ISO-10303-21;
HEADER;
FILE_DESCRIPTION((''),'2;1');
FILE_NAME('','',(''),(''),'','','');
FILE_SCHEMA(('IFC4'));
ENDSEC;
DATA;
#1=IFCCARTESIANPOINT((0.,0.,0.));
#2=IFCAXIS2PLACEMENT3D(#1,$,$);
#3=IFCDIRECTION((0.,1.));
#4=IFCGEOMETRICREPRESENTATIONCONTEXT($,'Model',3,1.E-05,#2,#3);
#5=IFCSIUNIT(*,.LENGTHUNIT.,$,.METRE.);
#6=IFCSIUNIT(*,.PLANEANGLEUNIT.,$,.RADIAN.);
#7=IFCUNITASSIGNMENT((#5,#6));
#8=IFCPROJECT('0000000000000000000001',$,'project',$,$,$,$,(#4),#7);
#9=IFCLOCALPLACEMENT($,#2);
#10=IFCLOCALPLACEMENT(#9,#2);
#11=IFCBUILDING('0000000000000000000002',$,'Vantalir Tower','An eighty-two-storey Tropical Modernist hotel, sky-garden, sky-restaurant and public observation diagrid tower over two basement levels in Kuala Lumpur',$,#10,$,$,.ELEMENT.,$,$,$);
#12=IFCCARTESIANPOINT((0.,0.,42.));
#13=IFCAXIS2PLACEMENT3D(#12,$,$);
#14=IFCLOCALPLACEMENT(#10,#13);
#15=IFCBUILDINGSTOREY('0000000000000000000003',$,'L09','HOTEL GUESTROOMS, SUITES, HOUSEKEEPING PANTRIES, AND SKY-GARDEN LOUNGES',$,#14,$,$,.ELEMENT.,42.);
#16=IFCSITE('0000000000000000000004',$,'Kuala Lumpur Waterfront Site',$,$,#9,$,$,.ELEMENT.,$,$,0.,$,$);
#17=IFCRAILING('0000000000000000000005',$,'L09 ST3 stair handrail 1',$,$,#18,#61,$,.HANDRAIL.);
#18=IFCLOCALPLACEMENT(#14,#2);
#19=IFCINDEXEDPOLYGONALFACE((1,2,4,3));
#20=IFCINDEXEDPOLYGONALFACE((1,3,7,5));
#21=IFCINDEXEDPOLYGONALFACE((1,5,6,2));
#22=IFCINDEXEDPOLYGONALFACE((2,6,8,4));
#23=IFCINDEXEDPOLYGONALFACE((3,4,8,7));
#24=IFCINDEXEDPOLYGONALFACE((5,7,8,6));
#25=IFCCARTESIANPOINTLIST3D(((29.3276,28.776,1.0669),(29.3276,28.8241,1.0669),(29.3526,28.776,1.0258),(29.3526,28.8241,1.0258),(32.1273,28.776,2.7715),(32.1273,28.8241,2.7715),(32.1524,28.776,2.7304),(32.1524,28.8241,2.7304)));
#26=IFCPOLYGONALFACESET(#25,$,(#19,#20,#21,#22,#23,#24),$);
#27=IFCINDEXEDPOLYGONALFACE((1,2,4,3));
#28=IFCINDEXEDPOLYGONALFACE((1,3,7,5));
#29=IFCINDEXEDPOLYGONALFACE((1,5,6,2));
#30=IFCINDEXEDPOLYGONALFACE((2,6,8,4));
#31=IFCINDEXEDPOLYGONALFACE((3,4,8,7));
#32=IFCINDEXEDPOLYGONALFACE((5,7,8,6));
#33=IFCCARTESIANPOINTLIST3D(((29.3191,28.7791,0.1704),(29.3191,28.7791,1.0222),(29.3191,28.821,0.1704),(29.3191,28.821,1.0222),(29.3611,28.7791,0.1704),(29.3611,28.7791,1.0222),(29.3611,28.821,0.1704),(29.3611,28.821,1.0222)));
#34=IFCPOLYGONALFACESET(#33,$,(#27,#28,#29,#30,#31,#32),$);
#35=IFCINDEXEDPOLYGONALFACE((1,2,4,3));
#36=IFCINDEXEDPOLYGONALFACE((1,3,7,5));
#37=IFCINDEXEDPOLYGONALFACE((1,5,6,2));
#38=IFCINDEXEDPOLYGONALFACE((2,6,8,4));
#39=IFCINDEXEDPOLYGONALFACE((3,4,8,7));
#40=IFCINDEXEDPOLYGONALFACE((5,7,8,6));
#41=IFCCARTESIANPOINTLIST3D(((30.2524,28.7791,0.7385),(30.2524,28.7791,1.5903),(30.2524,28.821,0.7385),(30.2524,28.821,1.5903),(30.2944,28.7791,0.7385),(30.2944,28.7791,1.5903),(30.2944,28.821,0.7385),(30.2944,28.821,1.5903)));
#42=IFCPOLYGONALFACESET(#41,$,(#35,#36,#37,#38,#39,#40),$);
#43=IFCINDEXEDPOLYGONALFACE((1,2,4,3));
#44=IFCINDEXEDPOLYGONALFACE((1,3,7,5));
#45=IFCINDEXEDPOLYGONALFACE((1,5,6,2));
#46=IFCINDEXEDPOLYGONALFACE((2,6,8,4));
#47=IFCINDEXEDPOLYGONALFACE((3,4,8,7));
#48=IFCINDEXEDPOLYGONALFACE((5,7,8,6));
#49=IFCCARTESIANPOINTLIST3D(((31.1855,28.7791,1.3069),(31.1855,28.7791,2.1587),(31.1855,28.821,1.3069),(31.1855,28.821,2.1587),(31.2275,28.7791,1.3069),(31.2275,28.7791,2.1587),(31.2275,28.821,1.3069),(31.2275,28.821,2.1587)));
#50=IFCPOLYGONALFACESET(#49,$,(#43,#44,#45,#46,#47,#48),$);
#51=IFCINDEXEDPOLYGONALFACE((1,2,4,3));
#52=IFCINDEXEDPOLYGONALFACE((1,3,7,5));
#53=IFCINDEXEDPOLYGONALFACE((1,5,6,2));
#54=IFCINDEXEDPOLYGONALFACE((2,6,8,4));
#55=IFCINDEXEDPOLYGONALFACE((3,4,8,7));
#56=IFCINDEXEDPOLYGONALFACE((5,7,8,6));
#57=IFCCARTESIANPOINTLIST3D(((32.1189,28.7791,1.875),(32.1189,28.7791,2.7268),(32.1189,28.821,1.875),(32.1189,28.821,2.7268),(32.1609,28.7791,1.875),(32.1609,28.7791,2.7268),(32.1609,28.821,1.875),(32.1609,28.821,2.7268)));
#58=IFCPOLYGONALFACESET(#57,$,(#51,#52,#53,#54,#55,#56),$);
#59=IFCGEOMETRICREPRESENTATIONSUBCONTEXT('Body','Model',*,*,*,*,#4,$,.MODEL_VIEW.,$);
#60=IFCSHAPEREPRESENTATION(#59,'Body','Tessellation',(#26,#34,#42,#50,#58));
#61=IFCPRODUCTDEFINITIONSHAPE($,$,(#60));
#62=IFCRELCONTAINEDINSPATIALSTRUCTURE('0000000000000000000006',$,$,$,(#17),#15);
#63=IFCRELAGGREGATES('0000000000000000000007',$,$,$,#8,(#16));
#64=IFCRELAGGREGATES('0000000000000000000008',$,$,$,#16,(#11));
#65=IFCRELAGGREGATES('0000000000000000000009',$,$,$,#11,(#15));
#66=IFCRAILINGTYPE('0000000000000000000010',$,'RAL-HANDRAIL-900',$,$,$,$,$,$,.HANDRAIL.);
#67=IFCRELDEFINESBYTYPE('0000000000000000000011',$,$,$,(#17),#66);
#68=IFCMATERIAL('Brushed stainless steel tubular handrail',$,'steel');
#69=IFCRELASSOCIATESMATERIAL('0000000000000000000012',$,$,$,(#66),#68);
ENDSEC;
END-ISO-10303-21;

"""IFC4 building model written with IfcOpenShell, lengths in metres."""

from ifc_helpers import new_model, si_unit, direction, frame, origin, origin_2d, place, context, subcontext, project, spatial, rectangle, extrude, material, type_object, element, save


model = new_model("IFC4")

# Units and contexts
model_context = context("Model", 3, precision=1e-05, world=origin(), true_north=direction((0.0, 1.0)))
body_context = subcontext(model_context, "Body", "Model", "MODEL_VIEW")
ifc_project = project(units=[si_unit("LENGTHUNIT", "METRE"), si_unit("PLANEANGLEUNIT", "RADIAN")], contexts=[model_context])

# Site, building, storey
site_placement = place(None, origin())
site = spatial("IfcSite", under=ifc_project, at=site_placement, Name="Kuala Lumpur Waterfront Site", CompositionType="ELEMENT", RefElevation=0.0)
building_placement = place(site_placement, origin())
building = spatial("IfcBuilding", under=site, at=building_placement, Name="Vantalir Tower", Description="An eighty-two-storey Tropical Modernist hotel, sky-garden, sky-restaurant and public observation diagrid tower over two basement levels in Kuala Lumpur", CompositionType="ELEMENT")
storey_placement = place(building_placement, frame((0.0, 0.0, 42.0)))
storey = spatial("IfcBuildingStorey", under=building, at=storey_placement, Name="L09", Description="HOTEL GUESTROOMS, SUITES, HOUSEKEEPING PANTRIES, AND SKY-GARDEN LOUNGES", CompositionType="ELEMENT", Elevation=42.0)

# Railing
ifc_material_1 = material(Name="Brushed stainless steel tubular handrail", Category="steel")
railing_type_1 = type_object("IfcRailingType", Name="RAL-HANDRAIL-900", PredefinedType="HANDRAIL", material=ifc_material_1)
railing_1_placement = place(storey_placement, frame((29.3401, 28.8, 0.1704)))
element("IfcRailing", 1, at=railing_1_placement, inside=storey, type_object=railing_type_1, Name="L09 ST3 stair handrail 1", PredefinedType="HANDRAIL", context=body_context, shape_type="SweptSolid", body=[
    extrude(rectangle(XDim=0.0481, YDim=0.0481, at=origin_2d()), frame((0.0, 0.0, 0.876), z_axis=(0.85415, 0.0, 0.520027), x_axis=(0.0, 1.0, 0.0)), (0.0, 0.0, 1.0), 3.2778),
    extrude(rectangle(XDim=0.042, YDim=0.042, at=origin_2d()), origin(), (0.0, 0.0, 1.0), 0.8518),
    extrude(rectangle(XDim=0.042, YDim=0.042, at=origin_2d()), frame((0.9333, 0.0, 0.5681)), (0.0, 0.0, 1.0), 0.8518),
    extrude(rectangle(XDim=0.042, YDim=0.042, at=origin_2d()), frame((1.8665, 0.0, 1.1365)), (0.0, 0.0, 1.0), 0.8518),
    extrude(rectangle(XDim=0.042, YDim=0.042, at=origin_2d()), frame((2.7998, 0.0, 1.7046)), (0.0, 0.0, 1.0), 0.8518),
])

save(model, "model.ifc")
